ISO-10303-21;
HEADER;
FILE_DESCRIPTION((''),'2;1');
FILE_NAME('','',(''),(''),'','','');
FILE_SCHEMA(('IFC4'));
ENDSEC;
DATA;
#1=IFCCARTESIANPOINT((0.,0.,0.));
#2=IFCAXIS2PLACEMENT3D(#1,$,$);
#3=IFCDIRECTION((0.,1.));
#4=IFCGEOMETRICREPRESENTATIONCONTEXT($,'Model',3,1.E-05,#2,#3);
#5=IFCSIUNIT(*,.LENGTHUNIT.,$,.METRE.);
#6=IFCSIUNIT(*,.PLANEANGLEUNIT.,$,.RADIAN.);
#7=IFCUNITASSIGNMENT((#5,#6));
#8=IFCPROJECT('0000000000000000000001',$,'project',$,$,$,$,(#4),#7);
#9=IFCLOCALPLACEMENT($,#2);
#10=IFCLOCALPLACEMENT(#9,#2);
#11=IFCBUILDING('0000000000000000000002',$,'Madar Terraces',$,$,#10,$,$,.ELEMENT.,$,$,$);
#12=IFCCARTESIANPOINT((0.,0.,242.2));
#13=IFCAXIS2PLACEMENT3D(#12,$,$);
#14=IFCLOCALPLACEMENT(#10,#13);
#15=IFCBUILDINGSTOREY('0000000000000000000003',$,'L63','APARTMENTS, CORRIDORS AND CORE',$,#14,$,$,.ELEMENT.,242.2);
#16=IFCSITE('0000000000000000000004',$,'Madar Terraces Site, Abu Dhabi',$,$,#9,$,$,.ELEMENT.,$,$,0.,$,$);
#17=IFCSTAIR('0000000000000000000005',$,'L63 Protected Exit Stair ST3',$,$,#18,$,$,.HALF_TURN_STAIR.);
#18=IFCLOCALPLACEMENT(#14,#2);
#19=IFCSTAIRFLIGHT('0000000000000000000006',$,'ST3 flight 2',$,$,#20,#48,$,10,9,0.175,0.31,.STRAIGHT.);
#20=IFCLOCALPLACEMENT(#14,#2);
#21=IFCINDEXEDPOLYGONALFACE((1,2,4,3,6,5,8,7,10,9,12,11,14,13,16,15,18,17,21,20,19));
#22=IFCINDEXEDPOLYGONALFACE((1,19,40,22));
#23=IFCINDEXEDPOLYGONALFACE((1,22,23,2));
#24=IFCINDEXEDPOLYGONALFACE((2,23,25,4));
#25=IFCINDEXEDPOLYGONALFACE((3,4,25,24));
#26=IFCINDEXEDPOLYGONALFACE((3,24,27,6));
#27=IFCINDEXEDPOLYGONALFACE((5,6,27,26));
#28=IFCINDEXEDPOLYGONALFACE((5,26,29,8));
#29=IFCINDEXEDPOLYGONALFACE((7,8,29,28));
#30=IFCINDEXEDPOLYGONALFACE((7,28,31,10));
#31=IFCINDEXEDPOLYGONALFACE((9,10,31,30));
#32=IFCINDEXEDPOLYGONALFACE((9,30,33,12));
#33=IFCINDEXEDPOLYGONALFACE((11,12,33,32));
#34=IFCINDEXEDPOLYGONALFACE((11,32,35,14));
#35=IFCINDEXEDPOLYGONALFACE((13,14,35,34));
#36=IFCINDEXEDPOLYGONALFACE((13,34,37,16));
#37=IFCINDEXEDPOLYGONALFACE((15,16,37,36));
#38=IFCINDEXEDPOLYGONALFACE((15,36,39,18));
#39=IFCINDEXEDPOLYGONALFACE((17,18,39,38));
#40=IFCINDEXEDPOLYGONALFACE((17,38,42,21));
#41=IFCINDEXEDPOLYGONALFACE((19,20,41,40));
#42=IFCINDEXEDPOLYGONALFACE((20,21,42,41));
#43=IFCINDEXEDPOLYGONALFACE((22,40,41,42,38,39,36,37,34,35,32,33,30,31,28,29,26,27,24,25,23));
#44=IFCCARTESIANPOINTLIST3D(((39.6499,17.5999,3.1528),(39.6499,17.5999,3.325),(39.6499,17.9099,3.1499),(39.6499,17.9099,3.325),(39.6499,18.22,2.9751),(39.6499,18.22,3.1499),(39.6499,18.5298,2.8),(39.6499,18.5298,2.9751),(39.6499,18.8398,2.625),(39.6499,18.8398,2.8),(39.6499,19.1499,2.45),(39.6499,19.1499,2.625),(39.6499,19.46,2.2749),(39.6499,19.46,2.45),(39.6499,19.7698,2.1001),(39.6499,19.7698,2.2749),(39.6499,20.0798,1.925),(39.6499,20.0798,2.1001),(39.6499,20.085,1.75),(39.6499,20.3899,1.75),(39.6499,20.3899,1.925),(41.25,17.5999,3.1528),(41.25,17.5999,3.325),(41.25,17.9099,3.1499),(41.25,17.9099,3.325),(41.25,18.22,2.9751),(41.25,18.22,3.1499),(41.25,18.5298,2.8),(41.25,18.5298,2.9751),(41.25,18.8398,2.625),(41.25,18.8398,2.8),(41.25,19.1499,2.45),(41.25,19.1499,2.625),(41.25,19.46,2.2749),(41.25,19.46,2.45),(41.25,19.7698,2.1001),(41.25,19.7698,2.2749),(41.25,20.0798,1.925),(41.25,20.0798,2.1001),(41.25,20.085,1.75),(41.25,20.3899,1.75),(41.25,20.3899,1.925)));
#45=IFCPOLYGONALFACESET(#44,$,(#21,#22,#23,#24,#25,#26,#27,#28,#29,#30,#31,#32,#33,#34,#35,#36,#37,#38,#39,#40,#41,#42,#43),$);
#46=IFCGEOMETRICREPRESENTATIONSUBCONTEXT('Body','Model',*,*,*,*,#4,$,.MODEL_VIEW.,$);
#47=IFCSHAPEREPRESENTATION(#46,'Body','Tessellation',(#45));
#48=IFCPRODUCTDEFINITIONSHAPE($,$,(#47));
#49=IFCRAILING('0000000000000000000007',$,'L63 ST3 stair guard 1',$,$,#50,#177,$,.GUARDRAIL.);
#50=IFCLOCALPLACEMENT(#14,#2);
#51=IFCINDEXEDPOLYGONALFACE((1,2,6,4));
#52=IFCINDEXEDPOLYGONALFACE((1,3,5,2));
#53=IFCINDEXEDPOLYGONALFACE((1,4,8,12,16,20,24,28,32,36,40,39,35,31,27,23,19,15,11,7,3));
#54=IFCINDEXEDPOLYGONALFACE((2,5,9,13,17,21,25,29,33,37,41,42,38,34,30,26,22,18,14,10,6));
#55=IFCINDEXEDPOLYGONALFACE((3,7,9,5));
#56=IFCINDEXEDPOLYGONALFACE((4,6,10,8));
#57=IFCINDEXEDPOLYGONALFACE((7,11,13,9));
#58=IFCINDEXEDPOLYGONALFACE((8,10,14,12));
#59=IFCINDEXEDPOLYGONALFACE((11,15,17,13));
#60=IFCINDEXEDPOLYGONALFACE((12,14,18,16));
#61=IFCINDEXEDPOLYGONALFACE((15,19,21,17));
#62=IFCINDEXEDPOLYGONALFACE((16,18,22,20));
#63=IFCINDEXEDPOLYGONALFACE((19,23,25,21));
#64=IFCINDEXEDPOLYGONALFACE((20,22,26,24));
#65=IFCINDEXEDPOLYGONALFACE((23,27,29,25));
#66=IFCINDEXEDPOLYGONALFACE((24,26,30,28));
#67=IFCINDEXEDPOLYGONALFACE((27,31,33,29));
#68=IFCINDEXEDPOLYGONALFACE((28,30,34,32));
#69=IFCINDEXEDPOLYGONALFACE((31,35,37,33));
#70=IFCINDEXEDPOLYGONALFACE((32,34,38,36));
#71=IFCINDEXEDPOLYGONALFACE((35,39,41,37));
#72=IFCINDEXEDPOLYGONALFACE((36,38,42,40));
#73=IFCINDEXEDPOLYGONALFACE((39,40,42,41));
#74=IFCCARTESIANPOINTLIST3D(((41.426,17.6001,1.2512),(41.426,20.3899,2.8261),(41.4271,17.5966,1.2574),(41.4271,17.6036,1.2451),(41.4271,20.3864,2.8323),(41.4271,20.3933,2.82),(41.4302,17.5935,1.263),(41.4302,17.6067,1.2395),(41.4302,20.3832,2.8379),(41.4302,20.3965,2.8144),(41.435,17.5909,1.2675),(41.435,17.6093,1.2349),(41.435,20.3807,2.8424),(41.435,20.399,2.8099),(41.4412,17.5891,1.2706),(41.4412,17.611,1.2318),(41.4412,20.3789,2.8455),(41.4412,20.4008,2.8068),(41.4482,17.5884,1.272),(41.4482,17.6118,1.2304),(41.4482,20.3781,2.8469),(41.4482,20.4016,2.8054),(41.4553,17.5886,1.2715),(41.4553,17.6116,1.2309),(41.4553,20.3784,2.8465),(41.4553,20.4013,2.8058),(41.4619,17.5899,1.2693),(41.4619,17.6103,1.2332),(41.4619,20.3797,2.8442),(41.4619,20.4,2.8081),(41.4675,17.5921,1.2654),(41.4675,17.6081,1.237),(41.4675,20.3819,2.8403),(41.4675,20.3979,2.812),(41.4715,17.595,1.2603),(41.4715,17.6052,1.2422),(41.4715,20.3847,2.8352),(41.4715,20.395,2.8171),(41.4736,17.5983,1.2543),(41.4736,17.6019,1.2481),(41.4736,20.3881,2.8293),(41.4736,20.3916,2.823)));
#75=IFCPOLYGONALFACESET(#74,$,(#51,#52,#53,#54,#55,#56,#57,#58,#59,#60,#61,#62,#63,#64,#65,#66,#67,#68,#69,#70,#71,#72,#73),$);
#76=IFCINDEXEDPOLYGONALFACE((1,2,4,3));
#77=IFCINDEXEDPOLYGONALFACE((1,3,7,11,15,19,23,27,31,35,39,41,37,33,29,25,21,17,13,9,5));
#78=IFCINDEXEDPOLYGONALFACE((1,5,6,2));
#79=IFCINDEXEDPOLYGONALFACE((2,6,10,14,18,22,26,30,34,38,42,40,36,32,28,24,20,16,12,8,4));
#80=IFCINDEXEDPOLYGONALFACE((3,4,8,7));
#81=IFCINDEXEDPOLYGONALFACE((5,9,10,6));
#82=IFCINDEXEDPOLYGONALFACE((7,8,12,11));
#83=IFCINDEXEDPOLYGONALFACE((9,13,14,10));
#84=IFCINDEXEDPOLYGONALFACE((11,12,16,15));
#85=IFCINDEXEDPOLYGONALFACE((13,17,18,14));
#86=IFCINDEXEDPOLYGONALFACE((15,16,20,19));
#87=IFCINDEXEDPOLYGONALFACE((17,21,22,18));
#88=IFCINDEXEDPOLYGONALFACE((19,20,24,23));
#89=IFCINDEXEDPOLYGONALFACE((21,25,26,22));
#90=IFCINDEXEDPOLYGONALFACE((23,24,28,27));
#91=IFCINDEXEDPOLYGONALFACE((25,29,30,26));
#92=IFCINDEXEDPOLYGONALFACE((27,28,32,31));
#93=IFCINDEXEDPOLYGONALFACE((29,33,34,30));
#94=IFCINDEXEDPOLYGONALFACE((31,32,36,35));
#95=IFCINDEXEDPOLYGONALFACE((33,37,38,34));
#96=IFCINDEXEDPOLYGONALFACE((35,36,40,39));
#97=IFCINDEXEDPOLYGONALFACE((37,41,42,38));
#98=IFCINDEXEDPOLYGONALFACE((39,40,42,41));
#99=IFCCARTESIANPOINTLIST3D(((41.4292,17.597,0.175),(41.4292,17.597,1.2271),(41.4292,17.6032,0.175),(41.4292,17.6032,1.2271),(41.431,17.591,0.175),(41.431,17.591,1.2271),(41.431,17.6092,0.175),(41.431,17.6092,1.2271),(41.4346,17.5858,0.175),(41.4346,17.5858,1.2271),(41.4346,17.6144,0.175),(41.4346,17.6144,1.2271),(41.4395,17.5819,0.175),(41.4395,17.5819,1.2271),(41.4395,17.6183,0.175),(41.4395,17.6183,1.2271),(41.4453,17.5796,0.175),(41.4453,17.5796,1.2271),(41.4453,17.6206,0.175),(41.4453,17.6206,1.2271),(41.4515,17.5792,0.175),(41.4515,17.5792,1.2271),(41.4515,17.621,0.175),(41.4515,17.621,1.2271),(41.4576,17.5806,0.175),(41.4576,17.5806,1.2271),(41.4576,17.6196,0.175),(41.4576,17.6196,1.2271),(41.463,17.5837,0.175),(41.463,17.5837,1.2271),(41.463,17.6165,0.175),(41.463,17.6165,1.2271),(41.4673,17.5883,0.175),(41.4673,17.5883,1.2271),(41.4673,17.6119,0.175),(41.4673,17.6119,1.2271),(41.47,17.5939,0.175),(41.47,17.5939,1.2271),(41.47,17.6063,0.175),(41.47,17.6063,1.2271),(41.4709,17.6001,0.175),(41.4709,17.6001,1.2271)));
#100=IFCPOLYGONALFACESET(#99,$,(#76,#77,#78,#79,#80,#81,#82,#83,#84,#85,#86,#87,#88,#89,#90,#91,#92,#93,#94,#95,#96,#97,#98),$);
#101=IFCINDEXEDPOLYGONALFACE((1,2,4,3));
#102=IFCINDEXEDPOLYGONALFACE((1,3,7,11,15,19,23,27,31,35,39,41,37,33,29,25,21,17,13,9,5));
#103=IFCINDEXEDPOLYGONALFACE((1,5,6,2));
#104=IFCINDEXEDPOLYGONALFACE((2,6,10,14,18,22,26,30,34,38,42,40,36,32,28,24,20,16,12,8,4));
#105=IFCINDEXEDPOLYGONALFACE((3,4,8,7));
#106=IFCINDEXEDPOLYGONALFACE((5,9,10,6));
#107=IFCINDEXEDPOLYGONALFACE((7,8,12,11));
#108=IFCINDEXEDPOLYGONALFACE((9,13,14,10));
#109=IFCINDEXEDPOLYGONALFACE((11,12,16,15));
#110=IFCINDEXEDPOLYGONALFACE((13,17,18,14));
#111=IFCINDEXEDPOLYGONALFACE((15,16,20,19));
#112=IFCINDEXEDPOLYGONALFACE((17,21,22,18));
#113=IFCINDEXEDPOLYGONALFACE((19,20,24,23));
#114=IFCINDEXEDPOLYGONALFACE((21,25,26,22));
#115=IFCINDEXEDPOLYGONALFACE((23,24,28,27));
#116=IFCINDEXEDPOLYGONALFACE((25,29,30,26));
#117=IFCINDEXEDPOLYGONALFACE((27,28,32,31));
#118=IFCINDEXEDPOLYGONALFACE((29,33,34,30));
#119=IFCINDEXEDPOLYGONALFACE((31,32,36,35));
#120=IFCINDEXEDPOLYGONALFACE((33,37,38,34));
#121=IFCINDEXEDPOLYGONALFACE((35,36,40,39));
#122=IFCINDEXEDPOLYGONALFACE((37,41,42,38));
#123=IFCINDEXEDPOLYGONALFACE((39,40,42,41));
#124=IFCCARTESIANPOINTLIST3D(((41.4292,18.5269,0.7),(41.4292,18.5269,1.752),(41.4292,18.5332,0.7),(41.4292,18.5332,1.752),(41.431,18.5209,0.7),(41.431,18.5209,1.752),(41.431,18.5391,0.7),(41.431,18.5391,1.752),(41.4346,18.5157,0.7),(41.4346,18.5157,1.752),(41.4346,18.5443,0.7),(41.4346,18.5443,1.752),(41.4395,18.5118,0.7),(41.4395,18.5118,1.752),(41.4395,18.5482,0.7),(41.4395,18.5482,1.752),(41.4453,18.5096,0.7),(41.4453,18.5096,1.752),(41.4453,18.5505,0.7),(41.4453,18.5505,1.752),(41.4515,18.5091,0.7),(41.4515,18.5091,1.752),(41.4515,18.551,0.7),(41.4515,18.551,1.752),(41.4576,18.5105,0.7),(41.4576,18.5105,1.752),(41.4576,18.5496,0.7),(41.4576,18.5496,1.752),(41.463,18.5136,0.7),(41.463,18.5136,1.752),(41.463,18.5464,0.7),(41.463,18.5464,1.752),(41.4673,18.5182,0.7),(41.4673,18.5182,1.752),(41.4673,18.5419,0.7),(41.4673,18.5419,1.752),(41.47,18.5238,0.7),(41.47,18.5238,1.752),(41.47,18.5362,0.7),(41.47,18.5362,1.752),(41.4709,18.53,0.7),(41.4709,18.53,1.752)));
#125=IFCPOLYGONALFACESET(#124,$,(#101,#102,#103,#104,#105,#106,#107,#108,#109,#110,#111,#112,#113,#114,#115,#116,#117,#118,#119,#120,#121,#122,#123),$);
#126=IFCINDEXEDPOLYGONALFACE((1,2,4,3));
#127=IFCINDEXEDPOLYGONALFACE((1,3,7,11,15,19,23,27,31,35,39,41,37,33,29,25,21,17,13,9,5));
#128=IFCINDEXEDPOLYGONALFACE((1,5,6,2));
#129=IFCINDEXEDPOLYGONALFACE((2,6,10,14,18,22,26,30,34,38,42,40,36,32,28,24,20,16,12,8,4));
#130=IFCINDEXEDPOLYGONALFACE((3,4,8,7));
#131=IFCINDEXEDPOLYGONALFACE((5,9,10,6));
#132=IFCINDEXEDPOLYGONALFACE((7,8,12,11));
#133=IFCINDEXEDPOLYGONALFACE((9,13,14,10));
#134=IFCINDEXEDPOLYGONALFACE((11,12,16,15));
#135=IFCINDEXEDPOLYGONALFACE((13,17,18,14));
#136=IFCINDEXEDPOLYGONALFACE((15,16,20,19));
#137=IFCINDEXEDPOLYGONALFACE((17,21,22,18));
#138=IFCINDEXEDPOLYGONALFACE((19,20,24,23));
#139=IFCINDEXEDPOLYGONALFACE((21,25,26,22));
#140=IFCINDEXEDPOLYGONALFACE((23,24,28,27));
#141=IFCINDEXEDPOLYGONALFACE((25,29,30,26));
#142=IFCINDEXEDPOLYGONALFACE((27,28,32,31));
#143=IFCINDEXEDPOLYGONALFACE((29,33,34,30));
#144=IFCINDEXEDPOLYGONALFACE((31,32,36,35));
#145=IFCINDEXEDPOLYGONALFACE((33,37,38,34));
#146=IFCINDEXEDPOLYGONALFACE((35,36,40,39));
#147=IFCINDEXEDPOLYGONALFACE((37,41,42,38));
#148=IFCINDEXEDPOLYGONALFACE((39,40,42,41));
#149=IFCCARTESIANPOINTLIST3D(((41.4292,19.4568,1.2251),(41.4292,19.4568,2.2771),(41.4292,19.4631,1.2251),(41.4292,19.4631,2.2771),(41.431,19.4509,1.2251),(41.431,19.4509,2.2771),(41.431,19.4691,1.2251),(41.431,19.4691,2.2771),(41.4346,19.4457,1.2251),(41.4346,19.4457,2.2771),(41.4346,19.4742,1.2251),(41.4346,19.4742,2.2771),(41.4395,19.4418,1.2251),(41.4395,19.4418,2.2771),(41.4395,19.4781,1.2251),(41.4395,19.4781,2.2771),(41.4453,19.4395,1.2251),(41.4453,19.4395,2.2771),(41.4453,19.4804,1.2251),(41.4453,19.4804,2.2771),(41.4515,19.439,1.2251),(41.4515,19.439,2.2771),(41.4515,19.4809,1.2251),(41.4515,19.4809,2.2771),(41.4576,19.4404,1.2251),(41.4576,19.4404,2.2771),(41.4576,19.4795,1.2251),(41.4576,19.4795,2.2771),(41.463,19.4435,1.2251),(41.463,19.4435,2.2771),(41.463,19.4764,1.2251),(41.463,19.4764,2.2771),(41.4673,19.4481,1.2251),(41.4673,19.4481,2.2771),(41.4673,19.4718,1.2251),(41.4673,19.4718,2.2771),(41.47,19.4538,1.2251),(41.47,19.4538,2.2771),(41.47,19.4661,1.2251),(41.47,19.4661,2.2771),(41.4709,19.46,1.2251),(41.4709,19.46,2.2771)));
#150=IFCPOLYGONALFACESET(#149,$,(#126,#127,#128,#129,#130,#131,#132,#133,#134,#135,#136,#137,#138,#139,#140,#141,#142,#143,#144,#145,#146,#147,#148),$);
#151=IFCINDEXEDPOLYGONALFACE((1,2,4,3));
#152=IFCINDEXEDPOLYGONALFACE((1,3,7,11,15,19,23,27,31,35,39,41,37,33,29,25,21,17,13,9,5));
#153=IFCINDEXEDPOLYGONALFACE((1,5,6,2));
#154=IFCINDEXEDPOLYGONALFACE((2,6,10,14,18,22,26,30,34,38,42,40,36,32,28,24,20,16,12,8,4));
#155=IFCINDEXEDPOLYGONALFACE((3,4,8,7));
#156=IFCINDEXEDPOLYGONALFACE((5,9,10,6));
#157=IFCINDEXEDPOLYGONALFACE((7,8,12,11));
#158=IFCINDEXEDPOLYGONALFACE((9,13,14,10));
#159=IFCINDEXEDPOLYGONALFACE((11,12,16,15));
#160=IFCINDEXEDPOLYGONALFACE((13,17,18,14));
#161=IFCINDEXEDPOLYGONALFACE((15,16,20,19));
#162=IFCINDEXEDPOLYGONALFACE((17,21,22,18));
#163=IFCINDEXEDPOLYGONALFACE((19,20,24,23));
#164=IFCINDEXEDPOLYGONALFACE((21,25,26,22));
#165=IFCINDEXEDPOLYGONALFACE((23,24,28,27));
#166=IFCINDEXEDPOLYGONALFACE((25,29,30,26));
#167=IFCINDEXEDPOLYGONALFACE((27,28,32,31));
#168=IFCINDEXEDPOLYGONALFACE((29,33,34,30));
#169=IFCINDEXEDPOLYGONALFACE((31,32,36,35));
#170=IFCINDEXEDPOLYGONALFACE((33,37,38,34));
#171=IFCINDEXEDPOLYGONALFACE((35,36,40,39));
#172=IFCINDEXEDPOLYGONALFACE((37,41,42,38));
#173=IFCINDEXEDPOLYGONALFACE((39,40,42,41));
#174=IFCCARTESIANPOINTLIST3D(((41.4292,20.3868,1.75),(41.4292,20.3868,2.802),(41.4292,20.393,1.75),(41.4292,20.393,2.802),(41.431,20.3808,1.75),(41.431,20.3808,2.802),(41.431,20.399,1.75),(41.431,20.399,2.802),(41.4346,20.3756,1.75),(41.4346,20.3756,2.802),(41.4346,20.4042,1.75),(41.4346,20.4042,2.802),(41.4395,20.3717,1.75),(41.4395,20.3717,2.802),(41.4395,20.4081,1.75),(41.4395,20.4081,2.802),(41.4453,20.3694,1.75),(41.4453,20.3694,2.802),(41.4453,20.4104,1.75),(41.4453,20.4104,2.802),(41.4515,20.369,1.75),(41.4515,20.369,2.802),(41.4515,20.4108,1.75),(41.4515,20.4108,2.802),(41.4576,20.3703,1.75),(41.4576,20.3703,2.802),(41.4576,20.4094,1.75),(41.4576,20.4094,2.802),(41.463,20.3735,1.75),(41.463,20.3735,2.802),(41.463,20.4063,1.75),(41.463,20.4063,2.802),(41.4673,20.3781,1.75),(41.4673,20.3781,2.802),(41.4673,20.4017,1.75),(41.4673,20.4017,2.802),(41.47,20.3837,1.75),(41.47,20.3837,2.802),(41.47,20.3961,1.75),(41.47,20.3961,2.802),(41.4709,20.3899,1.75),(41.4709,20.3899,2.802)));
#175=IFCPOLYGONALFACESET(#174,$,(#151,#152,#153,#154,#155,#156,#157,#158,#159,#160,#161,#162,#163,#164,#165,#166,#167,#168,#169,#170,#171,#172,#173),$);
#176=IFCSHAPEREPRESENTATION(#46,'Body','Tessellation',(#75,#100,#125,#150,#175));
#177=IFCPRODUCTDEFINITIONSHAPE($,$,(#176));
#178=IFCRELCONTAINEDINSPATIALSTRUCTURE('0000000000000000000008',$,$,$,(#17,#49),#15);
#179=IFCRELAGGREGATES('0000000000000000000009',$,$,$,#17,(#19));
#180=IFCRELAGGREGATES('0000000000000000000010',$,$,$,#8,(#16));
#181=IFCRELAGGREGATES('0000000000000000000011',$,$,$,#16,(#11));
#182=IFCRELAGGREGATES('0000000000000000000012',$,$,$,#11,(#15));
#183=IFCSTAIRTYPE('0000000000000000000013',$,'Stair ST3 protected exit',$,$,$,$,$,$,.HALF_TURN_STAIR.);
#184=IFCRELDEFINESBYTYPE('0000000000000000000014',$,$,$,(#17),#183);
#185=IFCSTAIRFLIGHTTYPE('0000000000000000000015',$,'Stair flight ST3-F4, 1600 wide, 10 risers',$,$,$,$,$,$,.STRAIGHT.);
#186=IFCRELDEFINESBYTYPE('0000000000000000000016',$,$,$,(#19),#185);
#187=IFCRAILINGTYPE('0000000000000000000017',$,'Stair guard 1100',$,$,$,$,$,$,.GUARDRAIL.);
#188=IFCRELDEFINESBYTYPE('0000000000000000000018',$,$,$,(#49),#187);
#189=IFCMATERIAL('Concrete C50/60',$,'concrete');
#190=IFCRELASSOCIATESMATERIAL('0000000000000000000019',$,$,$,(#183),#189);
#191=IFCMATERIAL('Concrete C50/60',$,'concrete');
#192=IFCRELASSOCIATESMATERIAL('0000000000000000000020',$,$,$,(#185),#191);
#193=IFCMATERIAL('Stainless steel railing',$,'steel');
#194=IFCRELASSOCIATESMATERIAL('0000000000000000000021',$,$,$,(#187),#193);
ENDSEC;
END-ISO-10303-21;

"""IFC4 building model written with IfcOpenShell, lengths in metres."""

from ifc_helpers import new_model, si_unit, direction, frame, origin, origin_2d, place, context, subcontext, project, spatial, polyline, circle, outline, extrude, material, type_object, element, aggregate, save


model = new_model("IFC4")

# Units and contexts
model_context = context("Model", 3, precision=1e-05, world=origin(), true_north=direction((0.0, 1.0)))
body_context = subcontext(model_context, "Body", "Model", "MODEL_VIEW")
ifc_project = project(units=[si_unit("LENGTHUNIT", "METRE"), si_unit("PLANEANGLEUNIT", "RADIAN")], contexts=[model_context])

# Site, building, storey
site_placement = place(None, origin())
site = spatial("IfcSite", under=ifc_project, at=site_placement, Name="Madar Terraces Site, Abu Dhabi", CompositionType="ELEMENT", RefElevation=0.0)
building_placement = place(site_placement, origin())
building = spatial("IfcBuilding", under=site, at=building_placement, Name="Madar Terraces", CompositionType="ELEMENT")
storey_placement = place(building_placement, frame((0.0, 0.0, 242.2)))
storey = spatial("IfcBuildingStorey", under=building, at=storey_placement, Name="L63", Description="APARTMENTS, CORRIDORS AND CORE", CompositionType="ELEMENT", Elevation=242.2)

# Stair, stair flight
ifc_material_1 = material(Name="Concrete C50/60", Category="concrete")
stair_type = type_object("IfcStairType", Name="Stair ST3 protected exit", PredefinedType="HALF_TURN_STAIR", material=ifc_material_1)
stair_placement = place(storey_placement, origin())
stair = element("IfcStair", 1, at=stair_placement, inside=storey, type_object=stair_type, Name="L63 Protected Exit Stair ST3", PredefinedType="HALF_TURN_STAIR")
ifc_material_2 = material(Name="Concrete C50/60", Category="concrete")
stair_flight_type = type_object("IfcStairFlightType", Name="Stair flight ST3-F4, 1600 wide, 10 risers", PredefinedType="STRAIGHT", material=ifc_material_2)
stair_flight_1_placement = place(storey_placement, frame((40.45, 20.3899, 1.75), z_axis=(0.0, 0.0, 1.0), x_axis=(0.0, -1.0, 0.0)))
stair_flight_1 = element("IfcStairFlight", 2, at=stair_flight_1_placement, type_object=stair_flight_type, Name="ST3 flight 2", NumberOfRisers=10, NumberOfTreads=9, PredefinedType="STRAIGHT", RiserHeight=0.175, TreadLength=0.31, context=body_context, shape_type="SweptSolid", body=[
    extrude(outline(polyline([(0.0, 0.0), (0.0, 0.175), (0.3101, 0.175), (0.3101, 0.3501), (0.6201, 0.3501), (0.6201, 0.5249), (0.9299, 0.5249), (0.9299, 0.7), (1.24, 0.7), (1.24, 0.875), (1.55, 0.875), (1.55, 1.05), (1.8601, 1.05), (1.8601, 1.2251), (2.1699, 1.2251), (2.1699, 1.3999), (2.48, 1.3999), (2.48, 1.575), (2.79, 1.575), (2.79, 1.75), (2.79, 1.4028), (0.3049, 0.0), (0.0, 0.0)])), frame((0.0, 0.8, 0.0), z_axis=(0.0, -1.0, 0.0), x_axis=(1.0, 0.0, 0.0)), (0.0, 0.0, 1.0), 1.6001),
])
aggregate(stair, [stair_flight_1])

# Railing
ifc_material_3 = material(Name="Stainless steel railing", Category="steel")
railing_type_1 = type_object("IfcRailingType", Name="Stair guard 1100", PredefinedType="GUARDRAIL", material=ifc_material_3)
railing_1_placement = place(storey_placement, frame((41.45, 17.6001, 0.175)))
element("IfcRailing", 3, at=railing_1_placement, inside=storey, type_object=railing_type_1, Name="L63 ST3 stair guard 1", PredefinedType="GUARDRAIL", context=body_context, shape_type="SweptSolid", body=[
    extrude(circle(Radius=0.0239, at=origin_2d()), frame((0.0, 0.0, 1.0762), z_axis=(0.0, 0.870815, 0.49161), x_axis=(-1.0, 0.0, 0.0)), (0.0, 0.0, 1.0), 3.2036),
    extrude(circle(Radius=0.021, at=origin_2d()), origin(), (0.0, 0.0, 1.0), 1.052),
    extrude(circle(Radius=0.021, at=origin_2d()), frame((0.0, 0.9299, 0.5249)), (0.0, 0.0, 1.0), 1.052),
    extrude(circle(Radius=0.021, at=origin_2d()), frame((0.0, 1.8599, 1.05)), (0.0, 0.0, 1.0), 1.052),
    extrude(circle(Radius=0.021, at=origin_2d()), frame((0.0, 2.7898, 1.575)), (0.0, 0.0, 1.0), 1.052),
])

save(model, "model.ifc")
